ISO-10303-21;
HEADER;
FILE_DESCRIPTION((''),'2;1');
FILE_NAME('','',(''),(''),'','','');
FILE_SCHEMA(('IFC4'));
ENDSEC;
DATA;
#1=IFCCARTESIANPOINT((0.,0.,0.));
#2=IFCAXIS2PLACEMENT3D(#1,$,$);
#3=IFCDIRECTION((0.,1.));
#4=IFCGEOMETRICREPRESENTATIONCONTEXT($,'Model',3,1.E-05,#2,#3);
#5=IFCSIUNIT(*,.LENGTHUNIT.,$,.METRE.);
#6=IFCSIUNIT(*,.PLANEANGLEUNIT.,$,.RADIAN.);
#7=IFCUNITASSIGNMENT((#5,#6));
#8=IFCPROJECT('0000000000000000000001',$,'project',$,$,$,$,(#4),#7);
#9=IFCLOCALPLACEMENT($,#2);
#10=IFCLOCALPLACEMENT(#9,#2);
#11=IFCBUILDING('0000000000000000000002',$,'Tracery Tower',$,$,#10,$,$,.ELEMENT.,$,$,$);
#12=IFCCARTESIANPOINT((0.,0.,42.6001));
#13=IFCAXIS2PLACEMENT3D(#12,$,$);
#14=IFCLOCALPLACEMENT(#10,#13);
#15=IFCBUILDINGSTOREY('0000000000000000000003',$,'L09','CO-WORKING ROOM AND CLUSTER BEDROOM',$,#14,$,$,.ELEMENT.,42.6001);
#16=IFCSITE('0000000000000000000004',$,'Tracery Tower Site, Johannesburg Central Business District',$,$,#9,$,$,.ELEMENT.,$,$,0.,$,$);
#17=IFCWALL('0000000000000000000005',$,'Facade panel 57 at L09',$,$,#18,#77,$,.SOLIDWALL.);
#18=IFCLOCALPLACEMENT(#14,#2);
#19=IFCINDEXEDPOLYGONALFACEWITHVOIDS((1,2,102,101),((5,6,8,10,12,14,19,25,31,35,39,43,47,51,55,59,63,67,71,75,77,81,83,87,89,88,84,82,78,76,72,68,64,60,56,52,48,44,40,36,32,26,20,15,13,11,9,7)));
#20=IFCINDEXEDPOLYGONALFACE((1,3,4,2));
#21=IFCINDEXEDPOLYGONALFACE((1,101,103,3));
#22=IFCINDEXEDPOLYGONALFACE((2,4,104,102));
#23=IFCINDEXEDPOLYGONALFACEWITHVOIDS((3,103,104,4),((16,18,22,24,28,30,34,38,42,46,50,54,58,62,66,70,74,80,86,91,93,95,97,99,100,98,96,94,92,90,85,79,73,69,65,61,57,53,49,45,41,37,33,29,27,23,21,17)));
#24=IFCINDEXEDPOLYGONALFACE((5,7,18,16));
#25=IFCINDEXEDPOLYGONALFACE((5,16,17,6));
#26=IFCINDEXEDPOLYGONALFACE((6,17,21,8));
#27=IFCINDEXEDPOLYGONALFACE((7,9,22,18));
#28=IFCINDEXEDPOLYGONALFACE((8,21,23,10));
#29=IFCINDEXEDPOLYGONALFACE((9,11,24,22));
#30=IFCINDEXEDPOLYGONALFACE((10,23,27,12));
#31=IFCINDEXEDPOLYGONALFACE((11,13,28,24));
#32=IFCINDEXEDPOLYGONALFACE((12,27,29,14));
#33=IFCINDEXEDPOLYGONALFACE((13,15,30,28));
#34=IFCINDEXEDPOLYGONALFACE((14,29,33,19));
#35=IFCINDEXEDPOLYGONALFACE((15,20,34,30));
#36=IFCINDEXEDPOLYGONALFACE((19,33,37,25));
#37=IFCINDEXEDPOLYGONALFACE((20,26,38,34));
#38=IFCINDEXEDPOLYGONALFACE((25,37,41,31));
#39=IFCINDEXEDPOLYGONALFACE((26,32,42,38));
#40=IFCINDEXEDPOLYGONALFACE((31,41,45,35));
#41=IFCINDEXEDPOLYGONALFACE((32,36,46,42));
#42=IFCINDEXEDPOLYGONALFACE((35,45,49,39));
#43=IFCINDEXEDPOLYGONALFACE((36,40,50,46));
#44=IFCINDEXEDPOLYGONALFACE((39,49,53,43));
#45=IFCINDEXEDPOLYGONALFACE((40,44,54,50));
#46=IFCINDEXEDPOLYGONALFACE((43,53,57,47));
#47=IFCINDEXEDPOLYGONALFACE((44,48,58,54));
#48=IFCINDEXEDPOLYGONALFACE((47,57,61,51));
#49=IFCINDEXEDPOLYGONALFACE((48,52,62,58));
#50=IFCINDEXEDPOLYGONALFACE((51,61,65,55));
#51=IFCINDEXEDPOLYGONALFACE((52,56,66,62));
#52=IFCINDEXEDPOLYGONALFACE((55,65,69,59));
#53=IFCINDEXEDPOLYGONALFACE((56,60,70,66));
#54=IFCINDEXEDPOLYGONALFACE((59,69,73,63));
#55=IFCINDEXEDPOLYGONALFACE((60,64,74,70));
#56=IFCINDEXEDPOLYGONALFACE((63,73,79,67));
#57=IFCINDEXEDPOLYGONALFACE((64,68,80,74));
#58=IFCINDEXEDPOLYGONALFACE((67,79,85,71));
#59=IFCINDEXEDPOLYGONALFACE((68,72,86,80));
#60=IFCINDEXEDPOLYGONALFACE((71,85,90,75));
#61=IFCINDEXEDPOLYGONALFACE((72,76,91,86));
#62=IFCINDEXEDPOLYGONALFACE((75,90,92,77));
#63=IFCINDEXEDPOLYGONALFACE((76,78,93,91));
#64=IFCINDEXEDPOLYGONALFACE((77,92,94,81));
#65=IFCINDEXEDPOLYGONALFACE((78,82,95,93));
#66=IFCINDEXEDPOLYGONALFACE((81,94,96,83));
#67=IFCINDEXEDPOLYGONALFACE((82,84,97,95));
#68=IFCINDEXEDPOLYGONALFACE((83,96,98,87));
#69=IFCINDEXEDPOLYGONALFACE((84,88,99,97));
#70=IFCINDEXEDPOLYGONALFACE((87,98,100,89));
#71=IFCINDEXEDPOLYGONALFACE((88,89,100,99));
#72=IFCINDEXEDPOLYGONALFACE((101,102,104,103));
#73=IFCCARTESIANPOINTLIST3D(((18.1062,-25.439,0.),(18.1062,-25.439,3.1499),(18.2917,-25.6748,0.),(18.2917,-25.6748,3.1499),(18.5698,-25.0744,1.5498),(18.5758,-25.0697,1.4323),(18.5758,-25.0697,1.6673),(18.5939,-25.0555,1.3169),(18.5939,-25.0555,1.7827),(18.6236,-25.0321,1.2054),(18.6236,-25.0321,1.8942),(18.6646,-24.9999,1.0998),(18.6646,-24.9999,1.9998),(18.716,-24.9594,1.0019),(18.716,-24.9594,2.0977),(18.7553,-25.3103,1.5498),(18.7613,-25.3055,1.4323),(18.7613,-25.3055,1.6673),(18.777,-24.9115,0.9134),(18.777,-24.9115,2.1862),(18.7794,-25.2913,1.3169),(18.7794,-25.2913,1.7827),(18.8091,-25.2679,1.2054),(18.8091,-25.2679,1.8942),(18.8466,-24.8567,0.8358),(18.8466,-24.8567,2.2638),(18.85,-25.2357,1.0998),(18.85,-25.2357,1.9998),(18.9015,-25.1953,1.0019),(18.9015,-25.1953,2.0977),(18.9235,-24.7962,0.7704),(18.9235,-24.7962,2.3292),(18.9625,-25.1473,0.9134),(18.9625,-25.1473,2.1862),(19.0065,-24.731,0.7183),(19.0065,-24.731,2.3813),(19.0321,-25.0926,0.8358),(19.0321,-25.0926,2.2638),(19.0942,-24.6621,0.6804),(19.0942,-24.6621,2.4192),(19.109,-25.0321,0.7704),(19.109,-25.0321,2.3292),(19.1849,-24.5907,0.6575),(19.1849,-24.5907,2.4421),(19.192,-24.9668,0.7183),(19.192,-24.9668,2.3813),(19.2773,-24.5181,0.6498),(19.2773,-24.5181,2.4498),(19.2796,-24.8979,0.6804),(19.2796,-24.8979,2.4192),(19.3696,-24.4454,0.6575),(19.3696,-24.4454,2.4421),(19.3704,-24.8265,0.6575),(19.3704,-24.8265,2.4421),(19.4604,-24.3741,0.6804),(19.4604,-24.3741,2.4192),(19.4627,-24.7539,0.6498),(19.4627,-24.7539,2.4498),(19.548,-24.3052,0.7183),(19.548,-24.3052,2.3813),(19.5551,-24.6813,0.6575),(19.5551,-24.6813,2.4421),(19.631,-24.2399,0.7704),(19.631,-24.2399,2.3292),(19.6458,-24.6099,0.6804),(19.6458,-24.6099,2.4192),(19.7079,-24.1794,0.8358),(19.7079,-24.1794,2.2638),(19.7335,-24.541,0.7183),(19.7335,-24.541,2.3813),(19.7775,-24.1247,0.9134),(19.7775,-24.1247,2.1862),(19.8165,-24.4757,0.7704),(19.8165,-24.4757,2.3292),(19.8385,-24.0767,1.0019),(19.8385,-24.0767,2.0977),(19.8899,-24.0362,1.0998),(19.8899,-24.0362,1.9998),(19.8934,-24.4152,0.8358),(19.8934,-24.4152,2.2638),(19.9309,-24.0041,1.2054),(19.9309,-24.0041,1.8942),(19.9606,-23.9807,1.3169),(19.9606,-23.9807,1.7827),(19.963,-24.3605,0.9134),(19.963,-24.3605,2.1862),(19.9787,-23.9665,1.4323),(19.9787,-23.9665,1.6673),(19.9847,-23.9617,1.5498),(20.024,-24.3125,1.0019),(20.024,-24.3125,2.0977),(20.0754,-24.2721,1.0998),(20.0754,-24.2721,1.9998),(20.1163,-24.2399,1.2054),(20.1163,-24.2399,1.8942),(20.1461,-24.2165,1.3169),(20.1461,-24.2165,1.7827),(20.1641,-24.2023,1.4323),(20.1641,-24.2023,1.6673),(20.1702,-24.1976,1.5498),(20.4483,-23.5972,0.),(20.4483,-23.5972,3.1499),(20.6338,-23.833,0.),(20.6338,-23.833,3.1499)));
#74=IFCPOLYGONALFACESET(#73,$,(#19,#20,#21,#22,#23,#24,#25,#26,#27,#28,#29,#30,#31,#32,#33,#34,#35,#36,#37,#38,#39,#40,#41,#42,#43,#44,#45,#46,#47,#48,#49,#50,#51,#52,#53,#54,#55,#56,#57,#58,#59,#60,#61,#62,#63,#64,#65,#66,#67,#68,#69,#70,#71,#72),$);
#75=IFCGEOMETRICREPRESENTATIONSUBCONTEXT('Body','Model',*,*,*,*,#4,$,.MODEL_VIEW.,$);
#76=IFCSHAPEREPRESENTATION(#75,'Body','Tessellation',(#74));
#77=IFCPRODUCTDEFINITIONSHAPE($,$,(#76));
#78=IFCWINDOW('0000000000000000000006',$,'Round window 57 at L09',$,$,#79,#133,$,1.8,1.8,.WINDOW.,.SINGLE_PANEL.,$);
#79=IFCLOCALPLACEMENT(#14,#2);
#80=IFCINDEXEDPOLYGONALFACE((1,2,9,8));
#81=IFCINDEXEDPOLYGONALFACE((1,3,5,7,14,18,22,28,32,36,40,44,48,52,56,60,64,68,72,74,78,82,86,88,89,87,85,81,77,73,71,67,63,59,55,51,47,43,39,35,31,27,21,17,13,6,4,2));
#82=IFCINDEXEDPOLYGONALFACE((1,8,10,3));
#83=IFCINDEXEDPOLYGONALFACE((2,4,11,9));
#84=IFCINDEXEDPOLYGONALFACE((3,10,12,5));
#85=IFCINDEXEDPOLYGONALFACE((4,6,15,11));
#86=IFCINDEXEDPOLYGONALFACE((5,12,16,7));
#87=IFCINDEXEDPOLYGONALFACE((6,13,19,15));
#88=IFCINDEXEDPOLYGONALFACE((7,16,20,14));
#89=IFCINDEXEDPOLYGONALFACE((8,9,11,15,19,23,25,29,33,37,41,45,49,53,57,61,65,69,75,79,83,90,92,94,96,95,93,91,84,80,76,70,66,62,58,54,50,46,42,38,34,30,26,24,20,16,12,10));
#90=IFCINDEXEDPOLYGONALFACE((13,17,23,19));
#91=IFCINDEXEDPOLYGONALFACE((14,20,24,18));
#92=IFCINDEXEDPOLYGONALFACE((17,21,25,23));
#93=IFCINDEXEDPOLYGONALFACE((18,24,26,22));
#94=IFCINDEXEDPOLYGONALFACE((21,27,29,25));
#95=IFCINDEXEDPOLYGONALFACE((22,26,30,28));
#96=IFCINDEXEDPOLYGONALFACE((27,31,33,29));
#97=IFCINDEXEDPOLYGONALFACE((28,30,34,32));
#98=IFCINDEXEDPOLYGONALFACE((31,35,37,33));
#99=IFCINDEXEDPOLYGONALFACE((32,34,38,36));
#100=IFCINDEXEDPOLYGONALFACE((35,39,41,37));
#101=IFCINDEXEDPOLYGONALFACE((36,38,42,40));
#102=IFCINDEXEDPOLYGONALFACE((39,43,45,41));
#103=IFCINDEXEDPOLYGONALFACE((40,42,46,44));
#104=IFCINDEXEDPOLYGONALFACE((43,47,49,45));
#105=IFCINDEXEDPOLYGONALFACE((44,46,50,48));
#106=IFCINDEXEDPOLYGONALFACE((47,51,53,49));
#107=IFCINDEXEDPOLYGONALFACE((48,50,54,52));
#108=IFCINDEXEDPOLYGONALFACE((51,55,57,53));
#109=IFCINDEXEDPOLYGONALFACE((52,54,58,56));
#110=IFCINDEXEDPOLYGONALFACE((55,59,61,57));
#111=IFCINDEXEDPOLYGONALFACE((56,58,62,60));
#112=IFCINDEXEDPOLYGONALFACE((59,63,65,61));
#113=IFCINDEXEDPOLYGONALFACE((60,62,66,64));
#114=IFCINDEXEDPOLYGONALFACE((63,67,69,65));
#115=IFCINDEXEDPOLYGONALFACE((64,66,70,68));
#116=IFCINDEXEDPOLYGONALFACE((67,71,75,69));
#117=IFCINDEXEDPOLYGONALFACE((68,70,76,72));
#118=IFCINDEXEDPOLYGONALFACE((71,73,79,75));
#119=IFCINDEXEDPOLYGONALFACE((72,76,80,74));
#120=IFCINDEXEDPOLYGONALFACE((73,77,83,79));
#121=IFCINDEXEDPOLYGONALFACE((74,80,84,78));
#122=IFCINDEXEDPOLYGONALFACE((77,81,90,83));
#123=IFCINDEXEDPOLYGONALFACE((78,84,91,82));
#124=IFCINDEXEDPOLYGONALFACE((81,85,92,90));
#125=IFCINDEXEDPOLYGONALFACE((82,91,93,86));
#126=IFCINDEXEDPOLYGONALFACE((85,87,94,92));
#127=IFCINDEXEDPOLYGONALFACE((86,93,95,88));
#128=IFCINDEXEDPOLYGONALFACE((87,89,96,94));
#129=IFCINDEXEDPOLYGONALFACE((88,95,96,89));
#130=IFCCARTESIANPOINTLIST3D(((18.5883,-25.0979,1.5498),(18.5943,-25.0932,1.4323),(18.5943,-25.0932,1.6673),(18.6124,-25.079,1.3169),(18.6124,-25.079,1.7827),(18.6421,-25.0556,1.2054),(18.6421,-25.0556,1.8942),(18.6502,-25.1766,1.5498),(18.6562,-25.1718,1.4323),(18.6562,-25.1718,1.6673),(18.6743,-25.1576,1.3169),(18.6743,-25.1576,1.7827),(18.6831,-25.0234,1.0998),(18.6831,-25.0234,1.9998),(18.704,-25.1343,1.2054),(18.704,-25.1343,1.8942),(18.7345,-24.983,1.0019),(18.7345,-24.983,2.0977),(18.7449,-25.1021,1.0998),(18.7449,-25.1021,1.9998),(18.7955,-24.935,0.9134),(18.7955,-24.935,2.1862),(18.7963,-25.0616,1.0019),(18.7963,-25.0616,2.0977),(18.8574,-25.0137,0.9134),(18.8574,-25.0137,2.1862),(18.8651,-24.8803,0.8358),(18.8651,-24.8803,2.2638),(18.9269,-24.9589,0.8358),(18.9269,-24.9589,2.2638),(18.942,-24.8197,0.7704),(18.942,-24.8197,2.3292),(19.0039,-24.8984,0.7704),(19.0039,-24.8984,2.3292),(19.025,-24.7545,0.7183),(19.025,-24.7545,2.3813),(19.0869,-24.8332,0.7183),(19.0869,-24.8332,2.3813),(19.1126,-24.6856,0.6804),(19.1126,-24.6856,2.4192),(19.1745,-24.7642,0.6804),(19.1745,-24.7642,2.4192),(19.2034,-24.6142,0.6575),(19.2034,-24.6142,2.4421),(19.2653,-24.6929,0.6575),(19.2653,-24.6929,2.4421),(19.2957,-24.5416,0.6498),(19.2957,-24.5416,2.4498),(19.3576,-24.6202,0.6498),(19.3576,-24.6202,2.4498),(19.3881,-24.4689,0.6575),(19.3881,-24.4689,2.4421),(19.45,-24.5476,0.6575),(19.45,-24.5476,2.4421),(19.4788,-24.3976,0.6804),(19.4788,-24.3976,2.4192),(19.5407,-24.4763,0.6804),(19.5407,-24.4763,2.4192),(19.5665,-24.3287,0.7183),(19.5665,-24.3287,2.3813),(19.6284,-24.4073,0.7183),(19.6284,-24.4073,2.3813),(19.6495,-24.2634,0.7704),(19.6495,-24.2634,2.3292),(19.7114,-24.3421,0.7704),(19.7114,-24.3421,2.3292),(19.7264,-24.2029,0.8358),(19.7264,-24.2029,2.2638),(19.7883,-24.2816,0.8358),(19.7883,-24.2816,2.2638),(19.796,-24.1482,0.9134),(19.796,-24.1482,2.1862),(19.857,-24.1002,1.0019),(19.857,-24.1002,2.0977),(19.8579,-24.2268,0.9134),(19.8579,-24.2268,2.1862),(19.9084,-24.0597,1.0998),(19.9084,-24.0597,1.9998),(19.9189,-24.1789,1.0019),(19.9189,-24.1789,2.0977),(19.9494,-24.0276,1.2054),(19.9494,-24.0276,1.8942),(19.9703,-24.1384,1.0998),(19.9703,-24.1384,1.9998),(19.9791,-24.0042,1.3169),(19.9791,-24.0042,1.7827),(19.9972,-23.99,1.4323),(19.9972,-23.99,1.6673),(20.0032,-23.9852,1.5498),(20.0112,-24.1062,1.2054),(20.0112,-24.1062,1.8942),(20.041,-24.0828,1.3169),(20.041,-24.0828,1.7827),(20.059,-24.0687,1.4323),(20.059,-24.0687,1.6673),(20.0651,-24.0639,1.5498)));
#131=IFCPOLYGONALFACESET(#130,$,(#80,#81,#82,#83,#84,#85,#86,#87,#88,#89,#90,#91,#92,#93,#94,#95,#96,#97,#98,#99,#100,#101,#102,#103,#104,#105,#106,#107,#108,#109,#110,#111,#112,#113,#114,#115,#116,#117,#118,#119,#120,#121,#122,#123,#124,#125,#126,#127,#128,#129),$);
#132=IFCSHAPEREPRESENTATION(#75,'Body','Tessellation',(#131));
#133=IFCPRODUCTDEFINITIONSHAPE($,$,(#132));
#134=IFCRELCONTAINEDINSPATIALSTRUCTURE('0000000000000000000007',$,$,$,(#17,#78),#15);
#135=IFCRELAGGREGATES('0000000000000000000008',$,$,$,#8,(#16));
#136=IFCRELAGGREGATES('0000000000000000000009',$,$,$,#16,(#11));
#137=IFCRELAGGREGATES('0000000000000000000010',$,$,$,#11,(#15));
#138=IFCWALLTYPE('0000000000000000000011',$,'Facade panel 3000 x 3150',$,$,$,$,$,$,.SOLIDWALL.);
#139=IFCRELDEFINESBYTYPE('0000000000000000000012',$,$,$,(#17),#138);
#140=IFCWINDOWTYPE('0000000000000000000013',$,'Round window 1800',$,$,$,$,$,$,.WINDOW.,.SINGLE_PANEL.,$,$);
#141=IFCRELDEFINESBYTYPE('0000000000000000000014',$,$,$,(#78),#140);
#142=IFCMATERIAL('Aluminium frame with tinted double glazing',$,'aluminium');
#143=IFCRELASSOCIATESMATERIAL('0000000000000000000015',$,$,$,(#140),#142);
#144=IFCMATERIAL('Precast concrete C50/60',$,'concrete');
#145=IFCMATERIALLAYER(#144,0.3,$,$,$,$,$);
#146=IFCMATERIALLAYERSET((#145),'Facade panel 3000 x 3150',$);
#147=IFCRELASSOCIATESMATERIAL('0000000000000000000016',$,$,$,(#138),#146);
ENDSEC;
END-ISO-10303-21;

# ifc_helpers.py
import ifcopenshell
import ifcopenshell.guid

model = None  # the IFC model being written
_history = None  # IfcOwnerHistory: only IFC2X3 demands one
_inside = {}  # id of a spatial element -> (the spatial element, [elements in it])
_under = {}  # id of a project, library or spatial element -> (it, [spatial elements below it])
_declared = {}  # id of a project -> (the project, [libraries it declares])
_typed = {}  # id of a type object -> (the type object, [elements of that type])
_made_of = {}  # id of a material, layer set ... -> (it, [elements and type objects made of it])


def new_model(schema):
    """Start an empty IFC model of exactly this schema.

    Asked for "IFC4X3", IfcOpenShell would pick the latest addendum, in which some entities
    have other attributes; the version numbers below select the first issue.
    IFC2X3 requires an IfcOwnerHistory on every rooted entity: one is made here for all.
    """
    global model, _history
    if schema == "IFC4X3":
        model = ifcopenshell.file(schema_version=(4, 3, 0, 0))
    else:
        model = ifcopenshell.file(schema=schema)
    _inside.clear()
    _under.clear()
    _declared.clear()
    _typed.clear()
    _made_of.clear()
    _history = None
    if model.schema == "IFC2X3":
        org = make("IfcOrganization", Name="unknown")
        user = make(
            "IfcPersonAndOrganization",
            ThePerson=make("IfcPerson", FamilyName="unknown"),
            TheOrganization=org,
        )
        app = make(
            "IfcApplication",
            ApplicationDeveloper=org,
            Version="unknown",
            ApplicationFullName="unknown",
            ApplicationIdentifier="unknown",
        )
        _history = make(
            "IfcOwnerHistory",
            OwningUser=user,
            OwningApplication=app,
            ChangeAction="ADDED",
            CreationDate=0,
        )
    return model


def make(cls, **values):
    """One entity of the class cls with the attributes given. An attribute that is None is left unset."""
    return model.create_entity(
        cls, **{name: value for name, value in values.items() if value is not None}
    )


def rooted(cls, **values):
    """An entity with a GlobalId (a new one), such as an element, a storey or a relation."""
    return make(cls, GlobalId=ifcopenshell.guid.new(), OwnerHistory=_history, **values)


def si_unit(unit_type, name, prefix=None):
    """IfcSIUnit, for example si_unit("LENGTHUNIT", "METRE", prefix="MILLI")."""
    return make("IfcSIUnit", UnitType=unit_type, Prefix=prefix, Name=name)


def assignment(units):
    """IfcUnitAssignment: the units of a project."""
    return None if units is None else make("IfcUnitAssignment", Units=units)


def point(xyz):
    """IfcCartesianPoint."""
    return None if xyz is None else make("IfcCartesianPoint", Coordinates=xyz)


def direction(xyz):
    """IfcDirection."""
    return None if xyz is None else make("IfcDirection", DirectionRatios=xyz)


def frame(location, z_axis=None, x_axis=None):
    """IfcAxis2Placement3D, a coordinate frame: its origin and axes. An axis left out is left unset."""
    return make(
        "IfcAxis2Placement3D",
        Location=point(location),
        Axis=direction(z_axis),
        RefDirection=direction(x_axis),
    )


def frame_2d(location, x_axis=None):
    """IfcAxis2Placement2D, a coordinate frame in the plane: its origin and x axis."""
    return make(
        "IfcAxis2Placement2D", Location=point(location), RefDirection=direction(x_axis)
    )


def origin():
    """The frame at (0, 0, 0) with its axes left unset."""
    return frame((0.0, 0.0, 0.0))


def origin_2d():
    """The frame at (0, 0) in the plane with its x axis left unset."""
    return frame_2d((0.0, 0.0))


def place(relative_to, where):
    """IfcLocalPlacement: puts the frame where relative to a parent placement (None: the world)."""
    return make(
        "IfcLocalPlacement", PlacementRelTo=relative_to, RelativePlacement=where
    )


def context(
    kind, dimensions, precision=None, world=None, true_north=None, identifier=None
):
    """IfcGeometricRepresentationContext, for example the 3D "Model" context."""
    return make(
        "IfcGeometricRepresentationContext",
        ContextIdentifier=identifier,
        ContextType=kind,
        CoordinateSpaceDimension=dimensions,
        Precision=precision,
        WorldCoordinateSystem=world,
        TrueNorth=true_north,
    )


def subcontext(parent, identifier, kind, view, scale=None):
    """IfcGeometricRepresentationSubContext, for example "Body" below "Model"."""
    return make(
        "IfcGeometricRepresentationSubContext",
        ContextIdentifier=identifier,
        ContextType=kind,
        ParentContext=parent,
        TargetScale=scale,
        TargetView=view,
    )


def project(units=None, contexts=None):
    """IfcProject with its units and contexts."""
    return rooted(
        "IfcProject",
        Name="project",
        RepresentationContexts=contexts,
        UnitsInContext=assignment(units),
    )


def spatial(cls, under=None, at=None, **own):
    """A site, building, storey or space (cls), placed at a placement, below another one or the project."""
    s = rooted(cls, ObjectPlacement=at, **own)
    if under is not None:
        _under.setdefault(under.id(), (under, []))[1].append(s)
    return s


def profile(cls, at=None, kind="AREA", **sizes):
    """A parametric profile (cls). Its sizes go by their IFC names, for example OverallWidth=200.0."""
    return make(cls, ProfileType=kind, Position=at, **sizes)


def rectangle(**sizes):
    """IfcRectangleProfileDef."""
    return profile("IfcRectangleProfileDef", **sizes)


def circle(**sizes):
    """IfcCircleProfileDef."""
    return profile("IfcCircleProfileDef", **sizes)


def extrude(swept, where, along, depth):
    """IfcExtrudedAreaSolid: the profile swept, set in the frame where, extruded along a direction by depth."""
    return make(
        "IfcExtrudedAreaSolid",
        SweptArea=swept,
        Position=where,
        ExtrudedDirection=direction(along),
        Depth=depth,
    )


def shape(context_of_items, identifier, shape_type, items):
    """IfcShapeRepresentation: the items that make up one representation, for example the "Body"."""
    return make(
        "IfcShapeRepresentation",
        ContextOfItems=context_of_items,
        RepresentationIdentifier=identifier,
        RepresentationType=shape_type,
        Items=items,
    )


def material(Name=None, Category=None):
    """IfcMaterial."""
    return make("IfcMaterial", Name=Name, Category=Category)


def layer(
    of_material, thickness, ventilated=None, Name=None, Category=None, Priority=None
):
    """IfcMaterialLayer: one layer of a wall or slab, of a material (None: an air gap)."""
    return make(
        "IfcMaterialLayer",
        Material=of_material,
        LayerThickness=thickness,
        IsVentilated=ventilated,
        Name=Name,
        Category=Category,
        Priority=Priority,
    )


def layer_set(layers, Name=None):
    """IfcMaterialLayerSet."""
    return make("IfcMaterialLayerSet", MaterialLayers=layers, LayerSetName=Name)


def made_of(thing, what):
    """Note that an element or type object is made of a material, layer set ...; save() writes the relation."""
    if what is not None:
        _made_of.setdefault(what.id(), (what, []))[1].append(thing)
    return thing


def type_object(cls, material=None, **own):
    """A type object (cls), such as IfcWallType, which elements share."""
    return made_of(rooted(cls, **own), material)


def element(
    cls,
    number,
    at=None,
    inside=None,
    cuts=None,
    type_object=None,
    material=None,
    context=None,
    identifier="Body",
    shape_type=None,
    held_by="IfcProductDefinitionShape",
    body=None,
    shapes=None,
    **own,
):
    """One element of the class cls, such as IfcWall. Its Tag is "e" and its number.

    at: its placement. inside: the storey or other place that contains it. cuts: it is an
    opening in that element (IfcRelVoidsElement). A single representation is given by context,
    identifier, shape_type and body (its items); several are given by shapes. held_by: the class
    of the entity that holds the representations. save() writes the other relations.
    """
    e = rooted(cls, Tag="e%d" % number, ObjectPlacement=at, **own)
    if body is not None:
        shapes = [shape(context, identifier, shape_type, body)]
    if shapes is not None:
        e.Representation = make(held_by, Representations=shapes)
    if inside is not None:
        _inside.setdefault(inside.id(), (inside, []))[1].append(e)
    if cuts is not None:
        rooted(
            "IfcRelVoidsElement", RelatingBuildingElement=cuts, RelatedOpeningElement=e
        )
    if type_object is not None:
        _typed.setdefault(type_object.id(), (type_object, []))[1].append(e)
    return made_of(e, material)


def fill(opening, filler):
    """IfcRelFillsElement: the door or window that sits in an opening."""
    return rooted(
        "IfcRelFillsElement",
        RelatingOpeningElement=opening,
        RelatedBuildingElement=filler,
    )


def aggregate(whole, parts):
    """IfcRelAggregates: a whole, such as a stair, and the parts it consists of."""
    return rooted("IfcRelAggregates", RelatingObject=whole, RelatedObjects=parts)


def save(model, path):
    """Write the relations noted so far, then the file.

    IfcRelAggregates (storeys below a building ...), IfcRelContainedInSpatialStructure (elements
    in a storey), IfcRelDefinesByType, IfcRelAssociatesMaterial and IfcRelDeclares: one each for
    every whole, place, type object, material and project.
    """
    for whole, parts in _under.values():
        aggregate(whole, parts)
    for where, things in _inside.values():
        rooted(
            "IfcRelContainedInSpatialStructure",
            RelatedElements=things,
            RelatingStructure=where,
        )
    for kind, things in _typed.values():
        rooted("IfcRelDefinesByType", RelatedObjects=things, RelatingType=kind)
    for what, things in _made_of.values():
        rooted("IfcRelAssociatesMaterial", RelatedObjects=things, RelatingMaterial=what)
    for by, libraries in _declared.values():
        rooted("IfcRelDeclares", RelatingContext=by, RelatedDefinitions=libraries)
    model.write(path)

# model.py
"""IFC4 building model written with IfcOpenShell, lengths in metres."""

from ifc_helpers import new_model, si_unit, direction, frame, frame_2d, origin, origin_2d, place, context, subcontext, project, spatial, rectangle, circle, extrude, material, layer, layer_set, type_object, element, fill, save


model = new_model("IFC4")

# Units and contexts
model_context = context("Model", 3, precision=1e-05, world=origin(), true_north=direction((0.0, 1.0)))
body_context = subcontext(model_context, "Body", "Model", "MODEL_VIEW")
ifc_project = project(units=[si_unit("LENGTHUNIT", "METRE"), si_unit("PLANEANGLEUNIT", "RADIAN")], contexts=[model_context])

# Site, building, storey
site_placement = place(None, origin())
site = spatial("IfcSite", under=ifc_project, at=site_placement, Name="Tracery Tower Site, Johannesburg Central Business District", CompositionType="ELEMENT", RefElevation=0.0)
building_placement = place(site_placement, origin())
building = spatial("IfcBuilding", under=site, at=building_placement, Name="Tracery Tower", CompositionType="ELEMENT")
storey_placement = place(building_placement, frame((0.0, 0.0, 42.6001)))
storey = spatial("IfcBuildingStorey", under=building, at=storey_placement, Name="L09", Description="CO-WORKING ROOM AND CLUSTER BEDROOM", CompositionType="ELEMENT", Elevation=42.6001)

# Wall, opening, window
ifc_material_1 = material(Name="Aluminium frame with tinted double glazing", Category="aluminium")
window_type = type_object("IfcWindowType", Name="Round window 1800", PartitioningType="SINGLE_PANEL", PredefinedType="WINDOW", material=ifc_material_1)
ifc_material_2 = material(Name="Precast concrete C50/60", Category="concrete")
ifc_layer_1 = layer(ifc_material_2, 0.3)
ifc_layer_set_1 = layer_set([ifc_layer_1], Name="Facade panel 3000 x 3150")
wall_type_1 = type_object("IfcWallType", Name="Facade panel 3000 x 3150", PredefinedType="SOLIDWALL", material=ifc_layer_set_1)
wall_1_placement = place(storey_placement, frame((18.199, -25.5569, 0.0), z_axis=(0.0, 0.0, 1.0), x_axis=(0.786054, 0.618158, 0.0)))
wall_1 = element("IfcWall", 1, at=wall_1_placement, inside=storey, type_object=wall_type_1, Name="Facade panel 57 at L09", PredefinedType="SOLIDWALL", context=body_context, shape_type="SweptSolid", body=[
    extrude(rectangle(XDim=2.9795, YDim=0.3, at=frame_2d((1.4897, 0.0))), origin(), (0.0, 0.0, 1.0), 3.1499),
])
opening_1_placement = place(wall_1_placement, frame((1.4897, 0.0, 1.5498)))
opening_1 = element("IfcOpeningElement", 2, at=opening_1_placement, cuts=wall_1, PredefinedType="OPENING", context=body_context, shape_type="SweptSolid", body=[
    extrude(circle(Radius=0.9, at=origin_2d()), frame((0.0, 0.1599, 0.0), z_axis=(0.0, -1.0, 0.0), x_axis=(1.0, 0.0, 0.0)), (0.0, 0.0, 1.0), 0.3201),
])
window_1_placement = place(opening_1_placement, origin())
window_1 = element("IfcWindow", 3, at=window_1_placement, inside=storey, type_object=window_type, Name="Round window 57 at L09", OverallHeight=1.8, OverallWidth=1.8, PartitioningType="SINGLE_PANEL", PredefinedType="WINDOW", context=body_context, shape_type="SweptSolid", body=[
    extrude(circle(Radius=0.9, at=origin_2d()), frame((0.0, 0.1201, 0.0), z_axis=(0.0, -1.0, 0.0), x_axis=(1.0, 0.0, 0.0)), (0.0, 0.0, 1.0), 0.1001),
])
fill(opening_1, window_1)

save(model, "model.ifc")
